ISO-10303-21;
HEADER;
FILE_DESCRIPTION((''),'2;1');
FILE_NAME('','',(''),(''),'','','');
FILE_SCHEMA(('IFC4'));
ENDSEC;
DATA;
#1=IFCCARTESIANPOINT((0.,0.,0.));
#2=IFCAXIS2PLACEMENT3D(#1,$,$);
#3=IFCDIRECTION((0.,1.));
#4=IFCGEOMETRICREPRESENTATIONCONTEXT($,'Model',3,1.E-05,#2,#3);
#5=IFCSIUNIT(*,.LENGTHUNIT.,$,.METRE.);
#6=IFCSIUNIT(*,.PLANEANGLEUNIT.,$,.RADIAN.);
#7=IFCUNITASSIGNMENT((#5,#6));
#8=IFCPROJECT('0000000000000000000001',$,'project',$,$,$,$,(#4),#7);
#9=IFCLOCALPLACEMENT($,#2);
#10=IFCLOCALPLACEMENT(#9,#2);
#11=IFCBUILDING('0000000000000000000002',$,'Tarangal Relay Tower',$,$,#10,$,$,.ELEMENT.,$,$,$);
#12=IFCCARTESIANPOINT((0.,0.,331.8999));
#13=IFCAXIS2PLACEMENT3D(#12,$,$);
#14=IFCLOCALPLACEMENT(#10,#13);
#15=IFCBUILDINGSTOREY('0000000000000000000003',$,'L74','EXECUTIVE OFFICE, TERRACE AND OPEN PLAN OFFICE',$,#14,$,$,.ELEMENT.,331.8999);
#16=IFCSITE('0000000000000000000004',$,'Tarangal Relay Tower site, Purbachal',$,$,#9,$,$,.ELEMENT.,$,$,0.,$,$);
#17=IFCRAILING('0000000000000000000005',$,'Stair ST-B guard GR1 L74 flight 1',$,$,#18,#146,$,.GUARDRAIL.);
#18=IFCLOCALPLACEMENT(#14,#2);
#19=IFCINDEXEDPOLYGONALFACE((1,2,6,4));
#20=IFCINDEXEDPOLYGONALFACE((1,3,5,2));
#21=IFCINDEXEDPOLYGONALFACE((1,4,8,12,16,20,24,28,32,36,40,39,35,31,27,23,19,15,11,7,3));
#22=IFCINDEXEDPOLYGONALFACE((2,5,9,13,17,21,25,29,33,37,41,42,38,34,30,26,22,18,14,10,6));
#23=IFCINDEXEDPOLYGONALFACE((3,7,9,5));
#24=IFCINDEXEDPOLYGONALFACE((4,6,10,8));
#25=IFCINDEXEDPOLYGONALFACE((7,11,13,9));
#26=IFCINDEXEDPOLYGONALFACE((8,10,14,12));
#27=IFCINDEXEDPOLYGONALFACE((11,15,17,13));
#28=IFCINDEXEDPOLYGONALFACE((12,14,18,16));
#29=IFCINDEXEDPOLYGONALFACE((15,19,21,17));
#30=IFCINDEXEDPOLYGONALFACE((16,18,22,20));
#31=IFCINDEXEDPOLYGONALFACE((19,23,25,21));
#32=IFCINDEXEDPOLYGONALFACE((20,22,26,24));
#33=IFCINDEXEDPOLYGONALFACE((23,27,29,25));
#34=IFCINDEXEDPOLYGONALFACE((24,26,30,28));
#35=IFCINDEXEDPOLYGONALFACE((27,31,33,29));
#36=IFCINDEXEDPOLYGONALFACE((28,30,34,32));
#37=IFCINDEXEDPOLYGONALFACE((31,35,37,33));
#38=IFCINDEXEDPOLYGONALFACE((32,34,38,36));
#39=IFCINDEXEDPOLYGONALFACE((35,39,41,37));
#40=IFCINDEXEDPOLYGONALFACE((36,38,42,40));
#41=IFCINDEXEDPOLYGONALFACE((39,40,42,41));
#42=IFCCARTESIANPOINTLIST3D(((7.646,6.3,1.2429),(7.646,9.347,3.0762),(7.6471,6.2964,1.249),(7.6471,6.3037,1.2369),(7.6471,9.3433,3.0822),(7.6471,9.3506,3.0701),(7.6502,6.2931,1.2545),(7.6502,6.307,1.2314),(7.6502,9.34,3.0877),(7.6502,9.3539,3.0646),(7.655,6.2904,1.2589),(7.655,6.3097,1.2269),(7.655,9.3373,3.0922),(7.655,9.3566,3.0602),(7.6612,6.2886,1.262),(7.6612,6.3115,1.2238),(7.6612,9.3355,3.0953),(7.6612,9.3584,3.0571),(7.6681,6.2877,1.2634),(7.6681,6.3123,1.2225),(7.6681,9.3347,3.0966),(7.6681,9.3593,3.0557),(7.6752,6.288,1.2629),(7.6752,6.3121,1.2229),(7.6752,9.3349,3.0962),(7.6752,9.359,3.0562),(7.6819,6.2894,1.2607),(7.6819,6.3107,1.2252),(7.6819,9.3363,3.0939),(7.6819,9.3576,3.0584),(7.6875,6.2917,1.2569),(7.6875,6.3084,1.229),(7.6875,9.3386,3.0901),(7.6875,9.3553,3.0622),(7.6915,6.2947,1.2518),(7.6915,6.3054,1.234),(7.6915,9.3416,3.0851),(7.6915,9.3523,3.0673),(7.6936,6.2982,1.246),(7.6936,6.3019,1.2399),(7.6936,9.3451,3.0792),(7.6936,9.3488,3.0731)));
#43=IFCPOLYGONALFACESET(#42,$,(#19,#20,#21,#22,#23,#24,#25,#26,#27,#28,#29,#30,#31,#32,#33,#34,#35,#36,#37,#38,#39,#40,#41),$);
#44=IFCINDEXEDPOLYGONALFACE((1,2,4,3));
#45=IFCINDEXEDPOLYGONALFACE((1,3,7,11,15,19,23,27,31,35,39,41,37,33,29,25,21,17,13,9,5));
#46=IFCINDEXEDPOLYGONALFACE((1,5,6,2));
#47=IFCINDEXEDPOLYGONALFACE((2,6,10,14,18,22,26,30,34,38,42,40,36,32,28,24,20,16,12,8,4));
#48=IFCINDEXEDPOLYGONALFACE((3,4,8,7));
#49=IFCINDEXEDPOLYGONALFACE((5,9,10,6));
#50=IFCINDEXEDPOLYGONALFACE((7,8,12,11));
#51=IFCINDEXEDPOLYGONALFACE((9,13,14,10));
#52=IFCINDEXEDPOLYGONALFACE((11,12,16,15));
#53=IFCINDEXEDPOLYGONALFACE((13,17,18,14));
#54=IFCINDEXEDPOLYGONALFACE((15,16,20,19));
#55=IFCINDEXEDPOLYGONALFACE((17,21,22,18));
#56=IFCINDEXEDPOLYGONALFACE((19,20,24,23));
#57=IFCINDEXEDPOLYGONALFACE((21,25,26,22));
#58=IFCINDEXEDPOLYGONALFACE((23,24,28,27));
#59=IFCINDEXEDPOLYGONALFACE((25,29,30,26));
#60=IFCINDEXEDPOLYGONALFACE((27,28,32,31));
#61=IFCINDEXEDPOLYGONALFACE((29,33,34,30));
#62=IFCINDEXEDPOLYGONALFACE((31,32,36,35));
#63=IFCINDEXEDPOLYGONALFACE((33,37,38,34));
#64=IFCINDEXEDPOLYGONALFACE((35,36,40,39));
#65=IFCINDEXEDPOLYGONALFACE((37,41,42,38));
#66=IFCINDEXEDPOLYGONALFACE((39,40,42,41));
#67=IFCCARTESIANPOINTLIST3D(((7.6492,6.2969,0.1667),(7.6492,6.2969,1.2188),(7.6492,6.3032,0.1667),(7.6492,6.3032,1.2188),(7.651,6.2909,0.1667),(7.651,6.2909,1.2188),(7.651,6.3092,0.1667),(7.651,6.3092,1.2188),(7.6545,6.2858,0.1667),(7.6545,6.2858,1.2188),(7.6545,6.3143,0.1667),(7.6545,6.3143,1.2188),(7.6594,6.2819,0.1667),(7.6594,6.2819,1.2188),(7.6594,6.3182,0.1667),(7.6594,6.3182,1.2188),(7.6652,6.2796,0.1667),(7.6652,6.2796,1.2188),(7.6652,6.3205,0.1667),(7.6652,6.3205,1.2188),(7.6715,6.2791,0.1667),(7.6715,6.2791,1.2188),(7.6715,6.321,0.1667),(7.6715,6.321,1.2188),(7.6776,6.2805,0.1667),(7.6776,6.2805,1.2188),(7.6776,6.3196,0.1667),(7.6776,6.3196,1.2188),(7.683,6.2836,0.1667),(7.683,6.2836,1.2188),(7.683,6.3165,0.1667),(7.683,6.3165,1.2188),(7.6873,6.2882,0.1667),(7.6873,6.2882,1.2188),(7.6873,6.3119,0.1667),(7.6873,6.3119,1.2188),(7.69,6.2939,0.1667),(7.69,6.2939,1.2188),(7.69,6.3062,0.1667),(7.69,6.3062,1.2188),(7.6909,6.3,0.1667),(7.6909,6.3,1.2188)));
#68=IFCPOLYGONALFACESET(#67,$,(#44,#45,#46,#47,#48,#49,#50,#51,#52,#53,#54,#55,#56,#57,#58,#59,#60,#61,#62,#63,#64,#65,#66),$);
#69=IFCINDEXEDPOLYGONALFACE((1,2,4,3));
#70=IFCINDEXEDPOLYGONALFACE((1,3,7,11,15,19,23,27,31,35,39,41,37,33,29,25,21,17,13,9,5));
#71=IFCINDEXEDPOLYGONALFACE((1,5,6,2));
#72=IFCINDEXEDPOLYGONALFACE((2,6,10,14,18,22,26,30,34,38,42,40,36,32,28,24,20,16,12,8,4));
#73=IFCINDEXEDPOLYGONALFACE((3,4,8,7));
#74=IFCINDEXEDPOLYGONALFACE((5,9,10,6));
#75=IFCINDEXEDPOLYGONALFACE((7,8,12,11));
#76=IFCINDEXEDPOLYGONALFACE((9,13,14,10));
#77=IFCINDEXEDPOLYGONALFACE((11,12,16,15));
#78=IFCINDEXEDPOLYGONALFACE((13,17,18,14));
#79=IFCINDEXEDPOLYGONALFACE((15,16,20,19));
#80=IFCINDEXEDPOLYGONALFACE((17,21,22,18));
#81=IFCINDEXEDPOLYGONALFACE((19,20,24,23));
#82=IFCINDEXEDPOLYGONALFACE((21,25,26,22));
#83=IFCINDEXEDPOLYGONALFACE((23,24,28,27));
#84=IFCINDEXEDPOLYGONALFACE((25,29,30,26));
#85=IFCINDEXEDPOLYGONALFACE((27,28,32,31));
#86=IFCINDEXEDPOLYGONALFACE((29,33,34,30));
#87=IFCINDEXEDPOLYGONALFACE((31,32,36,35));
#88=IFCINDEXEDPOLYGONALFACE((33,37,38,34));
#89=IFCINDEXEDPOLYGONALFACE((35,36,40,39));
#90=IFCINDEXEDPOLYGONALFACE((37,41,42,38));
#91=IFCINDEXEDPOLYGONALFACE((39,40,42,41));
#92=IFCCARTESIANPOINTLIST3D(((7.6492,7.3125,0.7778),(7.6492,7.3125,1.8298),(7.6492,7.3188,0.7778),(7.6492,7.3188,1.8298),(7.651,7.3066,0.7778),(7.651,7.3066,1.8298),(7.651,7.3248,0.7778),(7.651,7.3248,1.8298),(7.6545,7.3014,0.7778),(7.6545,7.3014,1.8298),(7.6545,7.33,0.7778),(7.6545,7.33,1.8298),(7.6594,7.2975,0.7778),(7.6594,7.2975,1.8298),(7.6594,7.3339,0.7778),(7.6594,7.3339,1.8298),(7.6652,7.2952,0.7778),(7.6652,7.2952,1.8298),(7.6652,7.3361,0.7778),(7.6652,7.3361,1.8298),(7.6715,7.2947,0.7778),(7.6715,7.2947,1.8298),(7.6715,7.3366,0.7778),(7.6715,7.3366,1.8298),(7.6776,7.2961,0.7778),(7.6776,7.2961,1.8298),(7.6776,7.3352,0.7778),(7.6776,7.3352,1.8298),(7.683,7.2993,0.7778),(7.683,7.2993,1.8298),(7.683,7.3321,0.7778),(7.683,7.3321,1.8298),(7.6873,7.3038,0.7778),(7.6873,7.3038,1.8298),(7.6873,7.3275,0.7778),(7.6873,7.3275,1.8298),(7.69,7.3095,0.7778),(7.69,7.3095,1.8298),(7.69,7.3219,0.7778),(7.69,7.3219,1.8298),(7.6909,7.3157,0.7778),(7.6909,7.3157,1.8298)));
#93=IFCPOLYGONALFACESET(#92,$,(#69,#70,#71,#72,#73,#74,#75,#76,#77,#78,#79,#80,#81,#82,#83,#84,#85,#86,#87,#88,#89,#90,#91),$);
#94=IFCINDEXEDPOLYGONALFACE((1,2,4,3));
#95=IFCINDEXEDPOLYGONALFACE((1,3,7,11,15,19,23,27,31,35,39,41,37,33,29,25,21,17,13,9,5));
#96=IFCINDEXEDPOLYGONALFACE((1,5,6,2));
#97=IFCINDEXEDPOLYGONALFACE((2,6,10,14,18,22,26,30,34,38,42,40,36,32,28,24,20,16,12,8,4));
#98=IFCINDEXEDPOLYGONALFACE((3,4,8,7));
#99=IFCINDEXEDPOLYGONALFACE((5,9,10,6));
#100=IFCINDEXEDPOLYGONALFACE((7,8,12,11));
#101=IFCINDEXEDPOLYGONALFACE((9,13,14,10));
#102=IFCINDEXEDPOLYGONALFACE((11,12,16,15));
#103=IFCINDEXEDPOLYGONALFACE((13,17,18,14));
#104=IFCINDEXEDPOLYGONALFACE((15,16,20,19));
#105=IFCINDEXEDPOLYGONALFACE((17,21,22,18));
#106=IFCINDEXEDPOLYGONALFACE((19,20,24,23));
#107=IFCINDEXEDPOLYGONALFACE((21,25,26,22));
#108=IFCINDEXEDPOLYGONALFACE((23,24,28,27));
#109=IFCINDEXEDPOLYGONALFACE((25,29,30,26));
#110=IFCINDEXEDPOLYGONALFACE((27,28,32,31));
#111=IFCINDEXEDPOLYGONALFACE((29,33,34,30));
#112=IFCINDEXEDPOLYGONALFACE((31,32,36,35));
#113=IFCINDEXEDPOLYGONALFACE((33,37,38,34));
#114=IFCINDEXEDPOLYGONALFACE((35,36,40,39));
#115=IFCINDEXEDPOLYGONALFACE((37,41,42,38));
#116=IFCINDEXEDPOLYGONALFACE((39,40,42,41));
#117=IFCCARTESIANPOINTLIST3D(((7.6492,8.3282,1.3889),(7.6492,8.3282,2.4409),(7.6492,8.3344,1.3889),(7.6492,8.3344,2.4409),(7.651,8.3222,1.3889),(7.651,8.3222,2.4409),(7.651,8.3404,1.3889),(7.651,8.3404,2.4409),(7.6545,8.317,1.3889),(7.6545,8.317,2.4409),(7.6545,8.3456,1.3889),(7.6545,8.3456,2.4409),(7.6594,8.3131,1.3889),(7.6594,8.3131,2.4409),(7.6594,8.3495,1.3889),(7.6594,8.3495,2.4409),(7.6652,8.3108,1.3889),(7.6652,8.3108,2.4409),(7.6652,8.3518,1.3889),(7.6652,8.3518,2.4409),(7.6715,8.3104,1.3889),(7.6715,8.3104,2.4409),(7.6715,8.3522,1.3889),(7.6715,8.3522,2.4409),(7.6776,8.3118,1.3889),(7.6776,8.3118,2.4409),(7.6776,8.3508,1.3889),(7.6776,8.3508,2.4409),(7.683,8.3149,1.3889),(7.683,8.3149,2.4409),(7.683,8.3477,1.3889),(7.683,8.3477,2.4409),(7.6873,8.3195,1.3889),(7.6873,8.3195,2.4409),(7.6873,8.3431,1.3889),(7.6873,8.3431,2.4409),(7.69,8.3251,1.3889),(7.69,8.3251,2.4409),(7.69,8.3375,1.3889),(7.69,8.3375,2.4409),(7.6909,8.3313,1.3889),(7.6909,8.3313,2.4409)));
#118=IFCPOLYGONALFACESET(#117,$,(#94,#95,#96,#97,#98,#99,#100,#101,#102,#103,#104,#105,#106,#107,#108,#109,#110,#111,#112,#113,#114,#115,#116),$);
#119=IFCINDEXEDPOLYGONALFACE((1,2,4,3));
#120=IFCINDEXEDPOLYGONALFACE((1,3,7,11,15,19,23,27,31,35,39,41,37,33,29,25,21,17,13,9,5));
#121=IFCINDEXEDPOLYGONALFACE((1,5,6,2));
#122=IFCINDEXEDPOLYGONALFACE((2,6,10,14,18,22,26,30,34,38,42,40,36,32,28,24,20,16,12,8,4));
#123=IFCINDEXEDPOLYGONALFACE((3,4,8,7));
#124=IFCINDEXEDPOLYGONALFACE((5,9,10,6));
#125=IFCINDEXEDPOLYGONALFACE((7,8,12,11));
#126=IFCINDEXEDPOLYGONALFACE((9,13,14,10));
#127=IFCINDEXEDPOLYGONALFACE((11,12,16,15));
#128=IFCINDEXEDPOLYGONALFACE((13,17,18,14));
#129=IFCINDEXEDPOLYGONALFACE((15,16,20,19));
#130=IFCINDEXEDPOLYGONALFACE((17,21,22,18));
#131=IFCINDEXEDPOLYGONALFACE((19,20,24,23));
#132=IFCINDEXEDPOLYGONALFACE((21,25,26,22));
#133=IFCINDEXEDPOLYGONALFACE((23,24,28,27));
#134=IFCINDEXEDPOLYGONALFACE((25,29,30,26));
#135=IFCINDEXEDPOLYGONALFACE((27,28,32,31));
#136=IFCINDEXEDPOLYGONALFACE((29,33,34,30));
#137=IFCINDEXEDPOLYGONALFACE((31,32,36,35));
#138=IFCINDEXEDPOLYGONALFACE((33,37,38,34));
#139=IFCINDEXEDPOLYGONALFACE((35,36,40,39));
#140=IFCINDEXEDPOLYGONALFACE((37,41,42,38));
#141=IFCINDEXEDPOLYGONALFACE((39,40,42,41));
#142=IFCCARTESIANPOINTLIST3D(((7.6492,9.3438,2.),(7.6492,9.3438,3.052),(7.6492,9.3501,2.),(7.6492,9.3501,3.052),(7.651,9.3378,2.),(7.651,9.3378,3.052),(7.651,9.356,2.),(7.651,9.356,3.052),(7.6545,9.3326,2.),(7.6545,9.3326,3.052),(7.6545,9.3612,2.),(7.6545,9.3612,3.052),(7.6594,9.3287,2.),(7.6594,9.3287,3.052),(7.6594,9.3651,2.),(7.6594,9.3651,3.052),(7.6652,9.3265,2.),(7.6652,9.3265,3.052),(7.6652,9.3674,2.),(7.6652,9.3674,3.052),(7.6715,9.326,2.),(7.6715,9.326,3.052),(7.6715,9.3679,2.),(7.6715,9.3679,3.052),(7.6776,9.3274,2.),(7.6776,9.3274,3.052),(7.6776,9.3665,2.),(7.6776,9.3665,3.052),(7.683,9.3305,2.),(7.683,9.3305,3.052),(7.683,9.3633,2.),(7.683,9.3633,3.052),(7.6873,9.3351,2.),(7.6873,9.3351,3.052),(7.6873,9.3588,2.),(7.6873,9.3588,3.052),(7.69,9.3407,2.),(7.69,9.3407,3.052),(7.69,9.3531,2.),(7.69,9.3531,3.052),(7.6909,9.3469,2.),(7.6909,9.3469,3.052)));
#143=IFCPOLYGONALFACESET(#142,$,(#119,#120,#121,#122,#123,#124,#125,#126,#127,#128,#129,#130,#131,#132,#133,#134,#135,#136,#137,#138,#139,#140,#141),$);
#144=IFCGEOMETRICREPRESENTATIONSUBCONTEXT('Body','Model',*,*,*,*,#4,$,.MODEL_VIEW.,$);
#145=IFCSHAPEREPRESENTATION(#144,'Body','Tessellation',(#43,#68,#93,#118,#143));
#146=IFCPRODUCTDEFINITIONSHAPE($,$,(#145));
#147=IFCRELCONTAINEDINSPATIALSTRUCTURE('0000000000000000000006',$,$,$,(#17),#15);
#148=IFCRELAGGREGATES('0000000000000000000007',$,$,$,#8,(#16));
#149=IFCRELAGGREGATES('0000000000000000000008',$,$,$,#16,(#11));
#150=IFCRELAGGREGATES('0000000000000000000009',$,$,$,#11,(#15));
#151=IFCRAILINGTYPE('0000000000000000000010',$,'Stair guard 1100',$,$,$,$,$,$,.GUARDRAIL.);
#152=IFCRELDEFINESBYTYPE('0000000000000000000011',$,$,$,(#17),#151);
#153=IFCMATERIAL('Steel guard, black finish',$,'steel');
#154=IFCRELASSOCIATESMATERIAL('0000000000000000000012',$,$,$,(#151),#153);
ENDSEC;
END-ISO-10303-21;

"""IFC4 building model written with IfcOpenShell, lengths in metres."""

from ifc_helpers import new_model, si_unit, direction, frame, origin, origin_2d, place, context, subcontext, project, spatial, circle, extrude, material, type_object, element, save


model = new_model("IFC4")

# Units and contexts
model_context = context("Model", 3, precision=1e-05, world=origin(), true_north=direction((0.0, 1.0)))
body_context = subcontext(model_context, "Body", "Model", "MODEL_VIEW")
ifc_project = project(units=[si_unit("LENGTHUNIT", "METRE"), si_unit("PLANEANGLEUNIT", "RADIAN")], contexts=[model_context])

# Site, building, storey
site_placement = place(None, origin())
site = spatial("IfcSite", under=ifc_project, at=site_placement, Name="Tarangal Relay Tower site, Purbachal", CompositionType="ELEMENT", RefElevation=0.0)
building_placement = place(site_placement, origin())
building = spatial("IfcBuilding", under=site, at=building_placement, Name="Tarangal Relay Tower", CompositionType="ELEMENT")
storey_placement = place(building_placement, frame((0.0, 0.0, 331.8999)))
storey = spatial("IfcBuildingStorey", under=building, at=storey_placement, Name="L74", Description="EXECUTIVE OFFICE, TERRACE AND OPEN PLAN OFFICE", CompositionType="ELEMENT", Elevation=331.8999)

# Railing
ifc_material_1 = material(Name="Steel guard, black finish", Category="steel")
railing_type_1 = type_object("IfcRailingType", Name="Stair guard 1100", PredefinedType="GUARDRAIL", material=ifc_material_1)
railing_1_placement = place(storey_placement, frame((7.6699, 6.3, 0.1667)))
element("IfcRailing", 1, at=railing_1_placement, inside=storey, type_object=railing_type_1, Name="Stair ST-B guard GR1 L74 flight 1", PredefinedType="GUARDRAIL", context=body_context, shape_type="SweptSolid", body=[
    extrude(circle(Radius=0.0239, at=origin_2d()), frame((0.0, 0.0, 1.0762), z_axis=(0.0, 0.856856, 0.515556), x_axis=(-1.0, 0.0, 0.0)), (0.0, 0.0, 1.0), 3.5559),
    extrude(circle(Radius=0.021, at=origin_2d()), origin(), (0.0, 0.0, 1.0), 1.052),
    extrude(circle(Radius=0.021, at=origin_2d()), frame((0.0, 1.0156, 0.6111)), (0.0, 0.0, 1.0), 1.052),
    extrude(circle(Radius=0.021, at=origin_2d()), frame((0.0, 2.0312, 1.2222)), (0.0, 0.0, 1.0), 1.052),
    extrude(circle(Radius=0.021, at=origin_2d()), frame((0.0, 3.0469, 1.8333)), (0.0, 0.0, 1.0), 1.052),
])

save(model, "model.ifc")
